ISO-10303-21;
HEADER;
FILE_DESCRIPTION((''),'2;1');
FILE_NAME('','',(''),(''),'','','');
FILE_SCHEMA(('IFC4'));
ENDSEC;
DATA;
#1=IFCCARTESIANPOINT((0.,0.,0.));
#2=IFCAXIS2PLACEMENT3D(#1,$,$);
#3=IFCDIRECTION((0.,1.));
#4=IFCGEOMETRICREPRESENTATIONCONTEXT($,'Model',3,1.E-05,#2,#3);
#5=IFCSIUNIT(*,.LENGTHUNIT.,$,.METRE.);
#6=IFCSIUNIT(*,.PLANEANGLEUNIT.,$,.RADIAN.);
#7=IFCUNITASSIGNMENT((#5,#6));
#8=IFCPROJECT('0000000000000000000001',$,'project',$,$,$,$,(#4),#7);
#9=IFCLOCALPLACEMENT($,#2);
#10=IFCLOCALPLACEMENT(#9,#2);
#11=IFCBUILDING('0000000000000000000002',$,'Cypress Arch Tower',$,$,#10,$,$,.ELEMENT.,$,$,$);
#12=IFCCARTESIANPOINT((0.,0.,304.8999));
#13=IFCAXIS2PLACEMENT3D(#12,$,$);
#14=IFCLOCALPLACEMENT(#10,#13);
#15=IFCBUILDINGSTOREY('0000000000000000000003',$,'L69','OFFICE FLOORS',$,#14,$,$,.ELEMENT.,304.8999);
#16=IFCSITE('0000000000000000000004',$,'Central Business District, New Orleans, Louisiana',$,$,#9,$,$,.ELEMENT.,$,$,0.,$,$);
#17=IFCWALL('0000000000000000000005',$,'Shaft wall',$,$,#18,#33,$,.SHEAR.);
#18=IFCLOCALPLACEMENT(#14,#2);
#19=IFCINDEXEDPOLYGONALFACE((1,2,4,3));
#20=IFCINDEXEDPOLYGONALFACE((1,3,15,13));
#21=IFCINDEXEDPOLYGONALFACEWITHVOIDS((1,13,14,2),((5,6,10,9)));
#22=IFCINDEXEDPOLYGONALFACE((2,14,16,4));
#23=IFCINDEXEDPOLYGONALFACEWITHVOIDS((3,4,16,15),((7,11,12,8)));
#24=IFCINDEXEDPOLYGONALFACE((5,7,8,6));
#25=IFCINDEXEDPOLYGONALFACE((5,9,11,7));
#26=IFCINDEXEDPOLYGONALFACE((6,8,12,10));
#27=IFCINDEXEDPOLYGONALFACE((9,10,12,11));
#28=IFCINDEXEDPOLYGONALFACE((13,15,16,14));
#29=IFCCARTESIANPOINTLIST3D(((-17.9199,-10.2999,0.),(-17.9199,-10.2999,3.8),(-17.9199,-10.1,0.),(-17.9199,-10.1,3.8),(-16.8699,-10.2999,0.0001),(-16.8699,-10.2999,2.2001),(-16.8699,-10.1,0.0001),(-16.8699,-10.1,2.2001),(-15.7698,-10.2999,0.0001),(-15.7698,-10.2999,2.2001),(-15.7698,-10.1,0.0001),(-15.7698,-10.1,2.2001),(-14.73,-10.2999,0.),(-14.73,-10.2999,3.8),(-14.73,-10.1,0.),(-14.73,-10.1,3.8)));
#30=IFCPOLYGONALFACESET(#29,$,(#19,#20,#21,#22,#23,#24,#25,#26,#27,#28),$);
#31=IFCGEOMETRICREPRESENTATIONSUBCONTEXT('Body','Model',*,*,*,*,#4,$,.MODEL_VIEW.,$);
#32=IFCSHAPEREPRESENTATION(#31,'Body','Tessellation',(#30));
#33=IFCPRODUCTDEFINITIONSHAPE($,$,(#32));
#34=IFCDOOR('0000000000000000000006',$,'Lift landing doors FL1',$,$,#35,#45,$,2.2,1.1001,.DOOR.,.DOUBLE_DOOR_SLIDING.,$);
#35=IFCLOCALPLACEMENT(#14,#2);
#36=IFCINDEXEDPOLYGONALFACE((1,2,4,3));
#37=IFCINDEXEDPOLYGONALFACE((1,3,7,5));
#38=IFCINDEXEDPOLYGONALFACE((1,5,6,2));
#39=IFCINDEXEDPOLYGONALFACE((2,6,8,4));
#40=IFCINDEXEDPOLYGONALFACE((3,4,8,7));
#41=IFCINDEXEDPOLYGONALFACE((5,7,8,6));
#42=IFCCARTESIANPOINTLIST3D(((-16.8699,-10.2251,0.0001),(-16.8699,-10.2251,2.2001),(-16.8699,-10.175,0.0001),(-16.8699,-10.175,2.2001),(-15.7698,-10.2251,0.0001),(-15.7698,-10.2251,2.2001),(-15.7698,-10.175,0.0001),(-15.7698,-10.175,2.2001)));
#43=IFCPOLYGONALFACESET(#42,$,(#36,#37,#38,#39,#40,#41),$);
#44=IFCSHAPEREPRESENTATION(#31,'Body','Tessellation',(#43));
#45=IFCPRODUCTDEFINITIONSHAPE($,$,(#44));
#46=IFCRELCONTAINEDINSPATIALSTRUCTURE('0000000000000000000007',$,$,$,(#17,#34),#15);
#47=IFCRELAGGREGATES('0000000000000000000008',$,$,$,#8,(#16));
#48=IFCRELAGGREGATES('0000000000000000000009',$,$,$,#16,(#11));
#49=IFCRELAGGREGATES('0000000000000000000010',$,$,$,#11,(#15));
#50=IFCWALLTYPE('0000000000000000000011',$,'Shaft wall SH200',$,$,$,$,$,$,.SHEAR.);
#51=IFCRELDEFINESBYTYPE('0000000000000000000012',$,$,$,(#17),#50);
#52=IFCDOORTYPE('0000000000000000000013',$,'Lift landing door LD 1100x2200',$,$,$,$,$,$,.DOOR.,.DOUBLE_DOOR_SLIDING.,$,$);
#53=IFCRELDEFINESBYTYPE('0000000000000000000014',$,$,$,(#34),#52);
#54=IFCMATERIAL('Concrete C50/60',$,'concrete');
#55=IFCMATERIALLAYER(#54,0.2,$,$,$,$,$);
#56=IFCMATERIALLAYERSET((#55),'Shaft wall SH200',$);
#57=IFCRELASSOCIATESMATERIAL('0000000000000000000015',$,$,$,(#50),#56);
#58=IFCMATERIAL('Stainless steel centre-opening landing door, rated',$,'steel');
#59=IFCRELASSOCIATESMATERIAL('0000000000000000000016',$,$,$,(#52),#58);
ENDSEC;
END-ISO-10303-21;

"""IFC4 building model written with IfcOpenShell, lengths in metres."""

from ifc_helpers import new_model, si_unit, direction, frame, frame_2d, origin, place, context, subcontext, project, spatial, rectangle, extrude, material, layer, layer_set, type_object, element, fill, save


model = new_model("IFC4")

# Units and contexts
model_context = context("Model", 3, precision=1e-05, world=origin(), true_north=direction((0.0, 1.0)))
body_context = subcontext(model_context, "Body", "Model", "MODEL_VIEW")
ifc_project = project(units=[si_unit("LENGTHUNIT", "METRE"), si_unit("PLANEANGLEUNIT", "RADIAN")], contexts=[model_context])

# Site, building, storey
site_placement = place(None, origin())
site = spatial("IfcSite", under=ifc_project, at=site_placement, Name="Central Business District, New Orleans, Louisiana", CompositionType="ELEMENT", RefElevation=0.0)
building_placement = place(site_placement, origin())
building = spatial("IfcBuilding", under=site, at=building_placement, Name="Cypress Arch Tower", CompositionType="ELEMENT")
storey_placement = place(building_placement, frame((0.0, 0.0, 304.8999)))
storey = spatial("IfcBuildingStorey", under=building, at=storey_placement, Name="L69", Description="OFFICE FLOORS", CompositionType="ELEMENT", Elevation=304.8999)

# Wall, opening, door
ifc_material_1 = material(Name="Concrete C50/60", Category="concrete")
ifc_layer_1 = layer(ifc_material_1, 0.2)
ifc_layer_set_1 = layer_set([ifc_layer_1], Name="Shaft wall SH200")
wall_type_1 = type_object("IfcWallType", Name="Shaft wall SH200", PredefinedType="SHEAR", material=ifc_layer_set_1)
wall_1_placement = place(storey_placement, frame((-17.9199, -10.2, 0.0), z_axis=(0.0, 0.0, 1.0), x_axis=(1.0, 0.0, 0.0)))
wall_1 = element("IfcWall", 1, at=wall_1_placement, inside=storey, type_object=wall_type_1, Name="Shaft wall", PredefinedType="SHEAR", context=body_context, shape_type="SweptSolid", body=[
    extrude(rectangle(XDim=3.1899, YDim=0.2, at=frame_2d((1.595, 0.0))), origin(), (0.0, 0.0, 1.0), 3.8),
])
opening_1_placement = place(wall_1_placement, frame((1.05, 0.0, 0.0)))
opening_1 = element("IfcOpeningElement", 2, at=opening_1_placement, cuts=wall_1, PredefinedType="OPENING", context=body_context, shape_type="SweptSolid", body=[
    extrude(rectangle(XDim=1.1001, YDim=2.2, at=frame_2d((0.55, 1.1001))), frame((0.0, 0.1099, 0.0), z_axis=(0.0, -1.0, 0.0), x_axis=(1.0, 0.0, 0.0)), (0.0, 0.0, 1.0), 0.22),
])
ifc_material_2 = material(Name="Stainless steel centre-opening landing door, rated", Category="steel")
door_type_1 = type_object("IfcDoorType", Name="Lift landing door LD 1100x2200", OperationType="DOUBLE_DOOR_SLIDING", PredefinedType="DOOR", material=ifc_material_2)
door_1_placement = place(opening_1_placement, origin())
door_1 = element("IfcDoor", 3, at=door_1_placement, inside=storey, type_object=door_type_1, Name="Lift landing doors FL1", OperationType="DOUBLE_DOOR_SLIDING", OverallHeight=2.2, OverallWidth=1.1001, PredefinedType="DOOR", context=body_context, shape_type="SweptSolid", body=[
    extrude(rectangle(XDim=1.1001, YDim=2.2, at=frame_2d((0.55, 1.1001))), frame((0.0, 0.0249, 0.0), z_axis=(0.0, -1.0, 0.0), x_axis=(1.0, 0.0, 0.0)), (0.0, 0.0, 1.0), 0.05),
])
fill(opening_1, door_1)

save(model, "model.ifc")
